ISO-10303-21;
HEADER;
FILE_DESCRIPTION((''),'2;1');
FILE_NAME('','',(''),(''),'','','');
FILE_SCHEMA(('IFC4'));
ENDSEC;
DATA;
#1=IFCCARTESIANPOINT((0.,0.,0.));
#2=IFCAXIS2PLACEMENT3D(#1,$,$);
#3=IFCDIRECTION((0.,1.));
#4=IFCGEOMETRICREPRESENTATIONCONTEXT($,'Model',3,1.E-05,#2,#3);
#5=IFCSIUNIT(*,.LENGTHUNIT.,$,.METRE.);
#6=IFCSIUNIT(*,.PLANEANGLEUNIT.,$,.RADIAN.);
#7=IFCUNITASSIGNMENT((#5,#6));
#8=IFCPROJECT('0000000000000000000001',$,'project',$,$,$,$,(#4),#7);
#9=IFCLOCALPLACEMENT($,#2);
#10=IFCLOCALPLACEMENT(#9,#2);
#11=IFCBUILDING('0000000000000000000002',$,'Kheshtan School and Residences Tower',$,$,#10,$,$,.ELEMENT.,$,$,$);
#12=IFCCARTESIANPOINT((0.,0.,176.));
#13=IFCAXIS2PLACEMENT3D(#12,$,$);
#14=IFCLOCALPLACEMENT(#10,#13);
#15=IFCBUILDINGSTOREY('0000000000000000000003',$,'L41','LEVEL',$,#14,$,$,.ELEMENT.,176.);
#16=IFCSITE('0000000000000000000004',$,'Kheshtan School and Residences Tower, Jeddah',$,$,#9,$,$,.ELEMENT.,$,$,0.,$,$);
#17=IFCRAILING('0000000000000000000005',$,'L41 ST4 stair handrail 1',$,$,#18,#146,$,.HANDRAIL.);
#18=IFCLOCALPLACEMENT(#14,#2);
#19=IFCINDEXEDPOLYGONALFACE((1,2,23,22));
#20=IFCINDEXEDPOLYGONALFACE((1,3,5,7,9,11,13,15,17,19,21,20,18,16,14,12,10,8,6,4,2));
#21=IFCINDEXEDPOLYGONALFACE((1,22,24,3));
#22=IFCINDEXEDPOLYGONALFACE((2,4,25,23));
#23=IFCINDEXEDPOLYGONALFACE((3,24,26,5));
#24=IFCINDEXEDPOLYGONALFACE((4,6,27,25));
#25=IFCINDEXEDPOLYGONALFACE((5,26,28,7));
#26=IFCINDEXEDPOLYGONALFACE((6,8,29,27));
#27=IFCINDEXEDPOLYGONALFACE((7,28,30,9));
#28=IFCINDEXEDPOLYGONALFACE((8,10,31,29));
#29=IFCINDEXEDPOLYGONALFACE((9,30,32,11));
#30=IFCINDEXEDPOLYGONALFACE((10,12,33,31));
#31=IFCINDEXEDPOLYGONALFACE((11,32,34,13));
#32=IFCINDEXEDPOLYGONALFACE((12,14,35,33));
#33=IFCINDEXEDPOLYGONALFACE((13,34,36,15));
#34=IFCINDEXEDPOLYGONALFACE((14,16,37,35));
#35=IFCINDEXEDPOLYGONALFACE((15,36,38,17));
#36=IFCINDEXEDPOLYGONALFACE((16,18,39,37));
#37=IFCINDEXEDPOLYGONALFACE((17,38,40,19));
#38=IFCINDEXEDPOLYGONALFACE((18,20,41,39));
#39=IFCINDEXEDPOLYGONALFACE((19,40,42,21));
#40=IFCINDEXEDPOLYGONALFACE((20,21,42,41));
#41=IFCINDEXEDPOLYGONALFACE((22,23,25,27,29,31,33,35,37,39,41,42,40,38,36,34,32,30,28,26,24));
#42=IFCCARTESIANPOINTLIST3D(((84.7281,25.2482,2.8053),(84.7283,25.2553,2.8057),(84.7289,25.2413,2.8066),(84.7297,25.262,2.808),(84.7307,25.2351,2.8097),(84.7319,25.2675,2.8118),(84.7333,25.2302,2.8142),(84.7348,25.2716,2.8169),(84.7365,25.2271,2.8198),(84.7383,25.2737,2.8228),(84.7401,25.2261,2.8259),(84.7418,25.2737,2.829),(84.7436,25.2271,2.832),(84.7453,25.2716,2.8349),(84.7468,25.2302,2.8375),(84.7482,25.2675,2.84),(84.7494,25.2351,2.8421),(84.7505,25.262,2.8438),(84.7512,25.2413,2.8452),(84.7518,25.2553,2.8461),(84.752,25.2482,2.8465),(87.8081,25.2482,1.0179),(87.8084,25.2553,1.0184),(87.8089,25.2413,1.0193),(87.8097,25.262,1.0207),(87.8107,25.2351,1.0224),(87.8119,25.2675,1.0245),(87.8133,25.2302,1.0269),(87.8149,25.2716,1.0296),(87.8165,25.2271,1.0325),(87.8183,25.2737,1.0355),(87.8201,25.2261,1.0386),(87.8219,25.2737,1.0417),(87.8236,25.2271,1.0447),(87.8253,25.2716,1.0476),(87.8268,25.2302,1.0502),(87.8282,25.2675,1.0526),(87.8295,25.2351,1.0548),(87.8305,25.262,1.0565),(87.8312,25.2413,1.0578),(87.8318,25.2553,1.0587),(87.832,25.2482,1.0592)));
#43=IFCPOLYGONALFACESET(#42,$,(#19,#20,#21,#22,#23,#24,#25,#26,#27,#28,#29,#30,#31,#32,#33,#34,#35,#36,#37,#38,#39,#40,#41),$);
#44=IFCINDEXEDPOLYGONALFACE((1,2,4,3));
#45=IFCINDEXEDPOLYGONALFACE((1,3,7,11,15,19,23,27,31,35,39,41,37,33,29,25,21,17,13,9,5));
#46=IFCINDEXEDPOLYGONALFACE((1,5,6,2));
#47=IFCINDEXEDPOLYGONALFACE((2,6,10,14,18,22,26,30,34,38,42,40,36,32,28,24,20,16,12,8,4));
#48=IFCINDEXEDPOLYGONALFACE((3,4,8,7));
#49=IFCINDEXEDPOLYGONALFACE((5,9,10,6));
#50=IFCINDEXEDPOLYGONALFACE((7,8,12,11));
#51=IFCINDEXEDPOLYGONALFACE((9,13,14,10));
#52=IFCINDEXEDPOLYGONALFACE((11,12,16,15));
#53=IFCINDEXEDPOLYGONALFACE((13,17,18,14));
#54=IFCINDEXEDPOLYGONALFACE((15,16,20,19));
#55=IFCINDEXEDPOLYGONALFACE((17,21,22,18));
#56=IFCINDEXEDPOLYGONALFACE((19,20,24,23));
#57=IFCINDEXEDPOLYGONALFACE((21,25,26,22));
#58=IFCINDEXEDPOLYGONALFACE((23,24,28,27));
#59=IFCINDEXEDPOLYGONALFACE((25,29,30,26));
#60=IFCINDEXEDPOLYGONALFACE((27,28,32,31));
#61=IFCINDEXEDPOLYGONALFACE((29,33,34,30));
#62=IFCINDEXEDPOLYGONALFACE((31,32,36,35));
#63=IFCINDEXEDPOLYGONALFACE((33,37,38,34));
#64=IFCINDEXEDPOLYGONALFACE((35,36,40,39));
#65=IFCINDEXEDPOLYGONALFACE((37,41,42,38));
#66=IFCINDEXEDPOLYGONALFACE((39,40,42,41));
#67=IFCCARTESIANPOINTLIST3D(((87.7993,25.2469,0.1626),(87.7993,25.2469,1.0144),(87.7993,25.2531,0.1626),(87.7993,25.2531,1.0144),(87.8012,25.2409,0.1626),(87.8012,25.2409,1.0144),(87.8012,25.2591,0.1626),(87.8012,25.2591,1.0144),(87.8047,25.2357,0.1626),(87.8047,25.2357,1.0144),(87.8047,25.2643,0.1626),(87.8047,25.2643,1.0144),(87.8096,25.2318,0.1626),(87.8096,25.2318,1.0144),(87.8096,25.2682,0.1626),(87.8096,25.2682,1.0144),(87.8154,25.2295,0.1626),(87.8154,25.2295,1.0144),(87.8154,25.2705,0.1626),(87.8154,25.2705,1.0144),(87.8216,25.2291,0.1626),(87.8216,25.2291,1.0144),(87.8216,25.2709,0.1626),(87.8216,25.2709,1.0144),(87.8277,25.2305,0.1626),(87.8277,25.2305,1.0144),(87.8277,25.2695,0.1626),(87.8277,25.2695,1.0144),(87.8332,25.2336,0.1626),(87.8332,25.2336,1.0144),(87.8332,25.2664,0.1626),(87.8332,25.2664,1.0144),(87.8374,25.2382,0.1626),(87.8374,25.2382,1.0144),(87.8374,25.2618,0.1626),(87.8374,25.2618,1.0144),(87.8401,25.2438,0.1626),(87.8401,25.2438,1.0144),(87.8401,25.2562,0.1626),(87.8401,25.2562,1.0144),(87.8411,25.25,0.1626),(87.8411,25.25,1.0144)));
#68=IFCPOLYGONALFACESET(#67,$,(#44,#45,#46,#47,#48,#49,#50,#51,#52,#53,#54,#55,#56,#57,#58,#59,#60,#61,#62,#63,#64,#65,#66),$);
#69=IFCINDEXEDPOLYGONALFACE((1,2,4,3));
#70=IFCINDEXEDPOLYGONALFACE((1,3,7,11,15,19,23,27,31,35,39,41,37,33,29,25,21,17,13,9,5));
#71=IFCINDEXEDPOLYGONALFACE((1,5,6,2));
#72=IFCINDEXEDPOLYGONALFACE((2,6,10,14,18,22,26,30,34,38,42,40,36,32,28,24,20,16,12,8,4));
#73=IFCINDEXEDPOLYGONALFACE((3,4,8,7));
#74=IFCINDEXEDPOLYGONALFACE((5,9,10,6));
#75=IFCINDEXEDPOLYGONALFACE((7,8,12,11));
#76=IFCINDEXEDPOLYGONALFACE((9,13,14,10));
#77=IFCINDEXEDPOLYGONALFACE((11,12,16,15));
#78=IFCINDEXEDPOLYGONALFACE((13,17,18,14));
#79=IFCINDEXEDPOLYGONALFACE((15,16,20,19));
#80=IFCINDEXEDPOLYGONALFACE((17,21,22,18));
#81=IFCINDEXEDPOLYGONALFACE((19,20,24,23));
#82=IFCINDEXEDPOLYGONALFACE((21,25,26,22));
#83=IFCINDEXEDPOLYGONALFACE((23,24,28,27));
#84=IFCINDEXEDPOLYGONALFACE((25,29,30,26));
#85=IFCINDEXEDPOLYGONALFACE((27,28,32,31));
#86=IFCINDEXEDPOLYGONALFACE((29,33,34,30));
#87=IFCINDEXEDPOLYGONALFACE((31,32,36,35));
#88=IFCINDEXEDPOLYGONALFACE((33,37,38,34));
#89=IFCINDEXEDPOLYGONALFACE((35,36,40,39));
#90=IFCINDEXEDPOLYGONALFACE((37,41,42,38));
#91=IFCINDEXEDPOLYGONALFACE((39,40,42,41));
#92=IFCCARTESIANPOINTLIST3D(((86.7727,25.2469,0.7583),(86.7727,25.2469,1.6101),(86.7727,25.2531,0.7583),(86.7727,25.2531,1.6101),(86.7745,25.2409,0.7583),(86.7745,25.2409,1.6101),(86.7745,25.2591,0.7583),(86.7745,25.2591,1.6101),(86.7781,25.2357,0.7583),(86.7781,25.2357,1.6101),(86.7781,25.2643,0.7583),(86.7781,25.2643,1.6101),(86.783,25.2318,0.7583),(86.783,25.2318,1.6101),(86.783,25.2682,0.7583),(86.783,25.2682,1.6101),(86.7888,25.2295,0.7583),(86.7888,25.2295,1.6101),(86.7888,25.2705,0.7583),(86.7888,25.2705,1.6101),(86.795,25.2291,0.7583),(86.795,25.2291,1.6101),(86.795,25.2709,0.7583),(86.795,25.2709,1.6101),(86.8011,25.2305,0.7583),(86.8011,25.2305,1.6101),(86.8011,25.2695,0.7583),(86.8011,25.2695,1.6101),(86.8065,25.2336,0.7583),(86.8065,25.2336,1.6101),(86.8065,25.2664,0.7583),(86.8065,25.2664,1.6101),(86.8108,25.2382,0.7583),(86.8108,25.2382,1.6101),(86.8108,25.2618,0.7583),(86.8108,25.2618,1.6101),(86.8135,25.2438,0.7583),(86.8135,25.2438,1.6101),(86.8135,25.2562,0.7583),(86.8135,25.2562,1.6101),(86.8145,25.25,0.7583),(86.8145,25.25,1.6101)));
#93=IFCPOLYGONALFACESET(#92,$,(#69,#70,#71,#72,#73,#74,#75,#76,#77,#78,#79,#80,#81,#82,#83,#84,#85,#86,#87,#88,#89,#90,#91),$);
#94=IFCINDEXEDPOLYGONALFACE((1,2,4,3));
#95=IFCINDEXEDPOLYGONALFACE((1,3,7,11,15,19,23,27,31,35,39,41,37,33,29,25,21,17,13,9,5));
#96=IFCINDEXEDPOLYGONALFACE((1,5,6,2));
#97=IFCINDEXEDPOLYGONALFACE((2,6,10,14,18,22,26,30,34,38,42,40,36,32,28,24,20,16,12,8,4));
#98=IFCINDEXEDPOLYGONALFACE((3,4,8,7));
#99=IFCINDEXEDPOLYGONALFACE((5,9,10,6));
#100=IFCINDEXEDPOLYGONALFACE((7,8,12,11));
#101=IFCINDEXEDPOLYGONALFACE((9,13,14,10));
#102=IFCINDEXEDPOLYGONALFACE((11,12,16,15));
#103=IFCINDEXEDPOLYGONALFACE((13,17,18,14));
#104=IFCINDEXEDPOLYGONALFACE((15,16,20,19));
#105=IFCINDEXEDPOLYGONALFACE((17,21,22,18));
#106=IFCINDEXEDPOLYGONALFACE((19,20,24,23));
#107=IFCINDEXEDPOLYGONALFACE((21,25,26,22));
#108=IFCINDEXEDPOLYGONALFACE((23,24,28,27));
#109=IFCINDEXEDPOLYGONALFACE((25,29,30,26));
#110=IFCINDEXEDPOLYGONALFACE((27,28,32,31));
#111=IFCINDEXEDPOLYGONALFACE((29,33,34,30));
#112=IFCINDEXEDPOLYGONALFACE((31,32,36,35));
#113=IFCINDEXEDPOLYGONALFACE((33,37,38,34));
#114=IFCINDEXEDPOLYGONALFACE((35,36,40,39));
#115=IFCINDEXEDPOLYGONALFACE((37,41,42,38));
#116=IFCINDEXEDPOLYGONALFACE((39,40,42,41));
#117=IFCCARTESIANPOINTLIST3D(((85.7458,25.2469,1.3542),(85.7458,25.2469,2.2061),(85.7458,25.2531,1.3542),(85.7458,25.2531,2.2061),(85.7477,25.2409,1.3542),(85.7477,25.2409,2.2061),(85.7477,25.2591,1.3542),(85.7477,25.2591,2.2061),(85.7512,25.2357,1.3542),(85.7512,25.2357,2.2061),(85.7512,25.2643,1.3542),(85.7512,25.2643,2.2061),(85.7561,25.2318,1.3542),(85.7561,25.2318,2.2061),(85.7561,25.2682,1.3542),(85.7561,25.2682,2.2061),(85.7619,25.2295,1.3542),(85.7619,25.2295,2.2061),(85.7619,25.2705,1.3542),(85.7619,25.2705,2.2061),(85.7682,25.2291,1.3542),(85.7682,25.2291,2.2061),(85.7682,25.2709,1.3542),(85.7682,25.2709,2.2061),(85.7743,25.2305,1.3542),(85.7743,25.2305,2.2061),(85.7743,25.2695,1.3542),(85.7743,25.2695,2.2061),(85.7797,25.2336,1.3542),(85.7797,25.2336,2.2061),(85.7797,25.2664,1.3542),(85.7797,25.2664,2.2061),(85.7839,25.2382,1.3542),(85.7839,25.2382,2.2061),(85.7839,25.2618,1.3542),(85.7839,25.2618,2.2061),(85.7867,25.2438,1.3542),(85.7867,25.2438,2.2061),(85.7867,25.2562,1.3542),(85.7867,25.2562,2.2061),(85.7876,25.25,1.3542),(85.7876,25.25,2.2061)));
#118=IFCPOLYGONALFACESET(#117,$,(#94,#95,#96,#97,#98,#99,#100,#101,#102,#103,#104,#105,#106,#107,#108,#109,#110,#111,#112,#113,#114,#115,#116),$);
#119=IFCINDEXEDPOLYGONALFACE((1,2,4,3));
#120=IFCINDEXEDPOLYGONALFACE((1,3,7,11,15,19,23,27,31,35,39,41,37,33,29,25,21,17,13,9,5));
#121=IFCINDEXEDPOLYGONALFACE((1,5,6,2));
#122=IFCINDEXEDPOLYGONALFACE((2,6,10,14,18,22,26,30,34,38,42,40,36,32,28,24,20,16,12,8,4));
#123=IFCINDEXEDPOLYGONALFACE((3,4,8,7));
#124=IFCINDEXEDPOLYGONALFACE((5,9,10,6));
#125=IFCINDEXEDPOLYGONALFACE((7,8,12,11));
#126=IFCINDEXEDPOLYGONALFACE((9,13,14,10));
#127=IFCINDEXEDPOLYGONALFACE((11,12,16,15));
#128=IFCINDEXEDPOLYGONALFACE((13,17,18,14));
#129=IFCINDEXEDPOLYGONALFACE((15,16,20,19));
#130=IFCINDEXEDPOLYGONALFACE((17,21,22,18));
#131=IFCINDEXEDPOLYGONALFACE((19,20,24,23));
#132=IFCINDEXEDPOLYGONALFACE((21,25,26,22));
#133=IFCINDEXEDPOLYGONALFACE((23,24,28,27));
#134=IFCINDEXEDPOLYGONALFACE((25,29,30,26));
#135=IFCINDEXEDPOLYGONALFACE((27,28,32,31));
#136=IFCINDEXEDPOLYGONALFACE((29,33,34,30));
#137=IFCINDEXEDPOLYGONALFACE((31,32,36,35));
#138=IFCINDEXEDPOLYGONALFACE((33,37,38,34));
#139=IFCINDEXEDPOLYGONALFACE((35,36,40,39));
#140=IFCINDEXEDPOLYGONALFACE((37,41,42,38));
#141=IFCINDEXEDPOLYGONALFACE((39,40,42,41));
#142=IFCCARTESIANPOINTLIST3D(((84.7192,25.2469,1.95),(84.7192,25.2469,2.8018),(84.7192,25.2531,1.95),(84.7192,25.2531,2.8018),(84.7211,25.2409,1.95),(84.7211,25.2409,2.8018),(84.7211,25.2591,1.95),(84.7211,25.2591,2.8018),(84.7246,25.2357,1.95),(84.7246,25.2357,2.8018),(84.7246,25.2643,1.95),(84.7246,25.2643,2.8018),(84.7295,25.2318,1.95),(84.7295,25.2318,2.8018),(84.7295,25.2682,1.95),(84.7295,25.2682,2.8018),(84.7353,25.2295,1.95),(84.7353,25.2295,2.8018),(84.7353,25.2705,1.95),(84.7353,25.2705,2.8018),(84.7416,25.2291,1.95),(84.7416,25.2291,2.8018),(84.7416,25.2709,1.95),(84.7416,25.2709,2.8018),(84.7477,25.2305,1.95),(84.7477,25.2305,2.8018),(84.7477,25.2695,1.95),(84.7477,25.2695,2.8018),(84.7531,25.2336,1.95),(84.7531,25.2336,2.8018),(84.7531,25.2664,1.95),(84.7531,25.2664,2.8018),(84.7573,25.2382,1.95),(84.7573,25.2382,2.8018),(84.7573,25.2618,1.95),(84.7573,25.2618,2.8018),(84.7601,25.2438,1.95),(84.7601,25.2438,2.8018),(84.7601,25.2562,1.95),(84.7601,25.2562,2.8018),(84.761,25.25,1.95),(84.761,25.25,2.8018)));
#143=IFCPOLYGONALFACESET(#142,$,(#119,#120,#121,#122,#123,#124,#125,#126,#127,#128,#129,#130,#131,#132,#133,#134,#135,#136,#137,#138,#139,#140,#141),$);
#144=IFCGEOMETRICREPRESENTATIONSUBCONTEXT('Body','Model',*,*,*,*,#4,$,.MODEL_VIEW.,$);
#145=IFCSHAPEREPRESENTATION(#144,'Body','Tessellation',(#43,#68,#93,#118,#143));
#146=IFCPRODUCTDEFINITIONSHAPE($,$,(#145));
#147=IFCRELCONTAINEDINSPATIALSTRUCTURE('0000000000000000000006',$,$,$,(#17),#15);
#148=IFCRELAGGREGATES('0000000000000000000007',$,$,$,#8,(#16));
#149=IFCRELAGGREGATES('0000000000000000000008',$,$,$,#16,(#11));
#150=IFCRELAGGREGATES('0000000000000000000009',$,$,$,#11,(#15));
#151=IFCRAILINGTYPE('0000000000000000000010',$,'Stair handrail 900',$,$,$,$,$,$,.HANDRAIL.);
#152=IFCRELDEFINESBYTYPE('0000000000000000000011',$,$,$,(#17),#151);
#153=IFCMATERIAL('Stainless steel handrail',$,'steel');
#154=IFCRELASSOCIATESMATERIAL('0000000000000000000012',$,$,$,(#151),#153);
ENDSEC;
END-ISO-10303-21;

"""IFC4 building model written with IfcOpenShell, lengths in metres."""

from ifc_helpers import new_model, si_unit, direction, frame, origin, origin_2d, place, context, subcontext, project, spatial, circle, extrude, material, type_object, element, save


model = new_model("IFC4")

# Units and contexts
model_context = context("Model", 3, precision=1e-05, world=origin(), true_north=direction((0.0, 1.0)))
body_context = subcontext(model_context, "Body", "Model", "MODEL_VIEW")
ifc_project = project(units=[si_unit("LENGTHUNIT", "METRE"), si_unit("PLANEANGLEUNIT", "RADIAN")], contexts=[model_context])

# Site, building, storey
site_placement = place(None, origin())
site = spatial("IfcSite", under=ifc_project, at=site_placement, Name="Kheshtan School and Residences Tower, Jeddah", CompositionType="ELEMENT", RefElevation=0.0)
building_placement = place(site_placement, origin())
building = spatial("IfcBuilding", under=site, at=building_placement, Name="Kheshtan School and Residences Tower", CompositionType="ELEMENT")
storey_placement = place(building_placement, frame((0.0, 0.0, 176.0)))
storey = spatial("IfcBuildingStorey", under=building, at=storey_placement, Name="L41", Description="LEVEL", CompositionType="ELEMENT", Elevation=176.0)

# Railing
ifc_material_1 = material(Name="Stainless steel handrail", Category="steel")
railing_type_1 = type_object("IfcRailingType", Name="Stair handrail 900", PredefinedType="HANDRAIL", material=ifc_material_1)
railing_1_placement = place(storey_placement, frame((87.8201, 25.25, 0.1626)))
element("IfcRailing", 1, at=railing_1_placement, inside=storey, type_object=railing_type_1, Name="L41 ST4 stair handrail 1", PredefinedType="HANDRAIL", context=body_context, shape_type="SweptSolid", body=[
    extrude(circle(Radius=0.0239, at=origin_2d()), frame((0.0, 0.0, 0.876), z_axis=(-0.86492, 0.0, 0.501909), x_axis=(0.0, -1.0, 0.0)), (0.0, 0.0, 1.0), 3.561),
    extrude(circle(Radius=0.021, at=origin_2d()), origin(), (0.0, 0.0, 1.0), 0.8518),
    extrude(circle(Radius=0.021, at=origin_2d()), frame((-1.0266, 0.0, 0.5957)), (0.0, 0.0, 1.0), 0.8518),
    extrude(circle(Radius=0.021, at=origin_2d()), frame((-2.0535, 0.0, 1.1917)), (0.0, 0.0, 1.0), 0.8518),
    extrude(circle(Radius=0.021, at=origin_2d()), frame((-3.0801, 0.0, 1.7874)), (0.0, 0.0, 1.0), 0.8518),
])

save(model, "model.ifc")
